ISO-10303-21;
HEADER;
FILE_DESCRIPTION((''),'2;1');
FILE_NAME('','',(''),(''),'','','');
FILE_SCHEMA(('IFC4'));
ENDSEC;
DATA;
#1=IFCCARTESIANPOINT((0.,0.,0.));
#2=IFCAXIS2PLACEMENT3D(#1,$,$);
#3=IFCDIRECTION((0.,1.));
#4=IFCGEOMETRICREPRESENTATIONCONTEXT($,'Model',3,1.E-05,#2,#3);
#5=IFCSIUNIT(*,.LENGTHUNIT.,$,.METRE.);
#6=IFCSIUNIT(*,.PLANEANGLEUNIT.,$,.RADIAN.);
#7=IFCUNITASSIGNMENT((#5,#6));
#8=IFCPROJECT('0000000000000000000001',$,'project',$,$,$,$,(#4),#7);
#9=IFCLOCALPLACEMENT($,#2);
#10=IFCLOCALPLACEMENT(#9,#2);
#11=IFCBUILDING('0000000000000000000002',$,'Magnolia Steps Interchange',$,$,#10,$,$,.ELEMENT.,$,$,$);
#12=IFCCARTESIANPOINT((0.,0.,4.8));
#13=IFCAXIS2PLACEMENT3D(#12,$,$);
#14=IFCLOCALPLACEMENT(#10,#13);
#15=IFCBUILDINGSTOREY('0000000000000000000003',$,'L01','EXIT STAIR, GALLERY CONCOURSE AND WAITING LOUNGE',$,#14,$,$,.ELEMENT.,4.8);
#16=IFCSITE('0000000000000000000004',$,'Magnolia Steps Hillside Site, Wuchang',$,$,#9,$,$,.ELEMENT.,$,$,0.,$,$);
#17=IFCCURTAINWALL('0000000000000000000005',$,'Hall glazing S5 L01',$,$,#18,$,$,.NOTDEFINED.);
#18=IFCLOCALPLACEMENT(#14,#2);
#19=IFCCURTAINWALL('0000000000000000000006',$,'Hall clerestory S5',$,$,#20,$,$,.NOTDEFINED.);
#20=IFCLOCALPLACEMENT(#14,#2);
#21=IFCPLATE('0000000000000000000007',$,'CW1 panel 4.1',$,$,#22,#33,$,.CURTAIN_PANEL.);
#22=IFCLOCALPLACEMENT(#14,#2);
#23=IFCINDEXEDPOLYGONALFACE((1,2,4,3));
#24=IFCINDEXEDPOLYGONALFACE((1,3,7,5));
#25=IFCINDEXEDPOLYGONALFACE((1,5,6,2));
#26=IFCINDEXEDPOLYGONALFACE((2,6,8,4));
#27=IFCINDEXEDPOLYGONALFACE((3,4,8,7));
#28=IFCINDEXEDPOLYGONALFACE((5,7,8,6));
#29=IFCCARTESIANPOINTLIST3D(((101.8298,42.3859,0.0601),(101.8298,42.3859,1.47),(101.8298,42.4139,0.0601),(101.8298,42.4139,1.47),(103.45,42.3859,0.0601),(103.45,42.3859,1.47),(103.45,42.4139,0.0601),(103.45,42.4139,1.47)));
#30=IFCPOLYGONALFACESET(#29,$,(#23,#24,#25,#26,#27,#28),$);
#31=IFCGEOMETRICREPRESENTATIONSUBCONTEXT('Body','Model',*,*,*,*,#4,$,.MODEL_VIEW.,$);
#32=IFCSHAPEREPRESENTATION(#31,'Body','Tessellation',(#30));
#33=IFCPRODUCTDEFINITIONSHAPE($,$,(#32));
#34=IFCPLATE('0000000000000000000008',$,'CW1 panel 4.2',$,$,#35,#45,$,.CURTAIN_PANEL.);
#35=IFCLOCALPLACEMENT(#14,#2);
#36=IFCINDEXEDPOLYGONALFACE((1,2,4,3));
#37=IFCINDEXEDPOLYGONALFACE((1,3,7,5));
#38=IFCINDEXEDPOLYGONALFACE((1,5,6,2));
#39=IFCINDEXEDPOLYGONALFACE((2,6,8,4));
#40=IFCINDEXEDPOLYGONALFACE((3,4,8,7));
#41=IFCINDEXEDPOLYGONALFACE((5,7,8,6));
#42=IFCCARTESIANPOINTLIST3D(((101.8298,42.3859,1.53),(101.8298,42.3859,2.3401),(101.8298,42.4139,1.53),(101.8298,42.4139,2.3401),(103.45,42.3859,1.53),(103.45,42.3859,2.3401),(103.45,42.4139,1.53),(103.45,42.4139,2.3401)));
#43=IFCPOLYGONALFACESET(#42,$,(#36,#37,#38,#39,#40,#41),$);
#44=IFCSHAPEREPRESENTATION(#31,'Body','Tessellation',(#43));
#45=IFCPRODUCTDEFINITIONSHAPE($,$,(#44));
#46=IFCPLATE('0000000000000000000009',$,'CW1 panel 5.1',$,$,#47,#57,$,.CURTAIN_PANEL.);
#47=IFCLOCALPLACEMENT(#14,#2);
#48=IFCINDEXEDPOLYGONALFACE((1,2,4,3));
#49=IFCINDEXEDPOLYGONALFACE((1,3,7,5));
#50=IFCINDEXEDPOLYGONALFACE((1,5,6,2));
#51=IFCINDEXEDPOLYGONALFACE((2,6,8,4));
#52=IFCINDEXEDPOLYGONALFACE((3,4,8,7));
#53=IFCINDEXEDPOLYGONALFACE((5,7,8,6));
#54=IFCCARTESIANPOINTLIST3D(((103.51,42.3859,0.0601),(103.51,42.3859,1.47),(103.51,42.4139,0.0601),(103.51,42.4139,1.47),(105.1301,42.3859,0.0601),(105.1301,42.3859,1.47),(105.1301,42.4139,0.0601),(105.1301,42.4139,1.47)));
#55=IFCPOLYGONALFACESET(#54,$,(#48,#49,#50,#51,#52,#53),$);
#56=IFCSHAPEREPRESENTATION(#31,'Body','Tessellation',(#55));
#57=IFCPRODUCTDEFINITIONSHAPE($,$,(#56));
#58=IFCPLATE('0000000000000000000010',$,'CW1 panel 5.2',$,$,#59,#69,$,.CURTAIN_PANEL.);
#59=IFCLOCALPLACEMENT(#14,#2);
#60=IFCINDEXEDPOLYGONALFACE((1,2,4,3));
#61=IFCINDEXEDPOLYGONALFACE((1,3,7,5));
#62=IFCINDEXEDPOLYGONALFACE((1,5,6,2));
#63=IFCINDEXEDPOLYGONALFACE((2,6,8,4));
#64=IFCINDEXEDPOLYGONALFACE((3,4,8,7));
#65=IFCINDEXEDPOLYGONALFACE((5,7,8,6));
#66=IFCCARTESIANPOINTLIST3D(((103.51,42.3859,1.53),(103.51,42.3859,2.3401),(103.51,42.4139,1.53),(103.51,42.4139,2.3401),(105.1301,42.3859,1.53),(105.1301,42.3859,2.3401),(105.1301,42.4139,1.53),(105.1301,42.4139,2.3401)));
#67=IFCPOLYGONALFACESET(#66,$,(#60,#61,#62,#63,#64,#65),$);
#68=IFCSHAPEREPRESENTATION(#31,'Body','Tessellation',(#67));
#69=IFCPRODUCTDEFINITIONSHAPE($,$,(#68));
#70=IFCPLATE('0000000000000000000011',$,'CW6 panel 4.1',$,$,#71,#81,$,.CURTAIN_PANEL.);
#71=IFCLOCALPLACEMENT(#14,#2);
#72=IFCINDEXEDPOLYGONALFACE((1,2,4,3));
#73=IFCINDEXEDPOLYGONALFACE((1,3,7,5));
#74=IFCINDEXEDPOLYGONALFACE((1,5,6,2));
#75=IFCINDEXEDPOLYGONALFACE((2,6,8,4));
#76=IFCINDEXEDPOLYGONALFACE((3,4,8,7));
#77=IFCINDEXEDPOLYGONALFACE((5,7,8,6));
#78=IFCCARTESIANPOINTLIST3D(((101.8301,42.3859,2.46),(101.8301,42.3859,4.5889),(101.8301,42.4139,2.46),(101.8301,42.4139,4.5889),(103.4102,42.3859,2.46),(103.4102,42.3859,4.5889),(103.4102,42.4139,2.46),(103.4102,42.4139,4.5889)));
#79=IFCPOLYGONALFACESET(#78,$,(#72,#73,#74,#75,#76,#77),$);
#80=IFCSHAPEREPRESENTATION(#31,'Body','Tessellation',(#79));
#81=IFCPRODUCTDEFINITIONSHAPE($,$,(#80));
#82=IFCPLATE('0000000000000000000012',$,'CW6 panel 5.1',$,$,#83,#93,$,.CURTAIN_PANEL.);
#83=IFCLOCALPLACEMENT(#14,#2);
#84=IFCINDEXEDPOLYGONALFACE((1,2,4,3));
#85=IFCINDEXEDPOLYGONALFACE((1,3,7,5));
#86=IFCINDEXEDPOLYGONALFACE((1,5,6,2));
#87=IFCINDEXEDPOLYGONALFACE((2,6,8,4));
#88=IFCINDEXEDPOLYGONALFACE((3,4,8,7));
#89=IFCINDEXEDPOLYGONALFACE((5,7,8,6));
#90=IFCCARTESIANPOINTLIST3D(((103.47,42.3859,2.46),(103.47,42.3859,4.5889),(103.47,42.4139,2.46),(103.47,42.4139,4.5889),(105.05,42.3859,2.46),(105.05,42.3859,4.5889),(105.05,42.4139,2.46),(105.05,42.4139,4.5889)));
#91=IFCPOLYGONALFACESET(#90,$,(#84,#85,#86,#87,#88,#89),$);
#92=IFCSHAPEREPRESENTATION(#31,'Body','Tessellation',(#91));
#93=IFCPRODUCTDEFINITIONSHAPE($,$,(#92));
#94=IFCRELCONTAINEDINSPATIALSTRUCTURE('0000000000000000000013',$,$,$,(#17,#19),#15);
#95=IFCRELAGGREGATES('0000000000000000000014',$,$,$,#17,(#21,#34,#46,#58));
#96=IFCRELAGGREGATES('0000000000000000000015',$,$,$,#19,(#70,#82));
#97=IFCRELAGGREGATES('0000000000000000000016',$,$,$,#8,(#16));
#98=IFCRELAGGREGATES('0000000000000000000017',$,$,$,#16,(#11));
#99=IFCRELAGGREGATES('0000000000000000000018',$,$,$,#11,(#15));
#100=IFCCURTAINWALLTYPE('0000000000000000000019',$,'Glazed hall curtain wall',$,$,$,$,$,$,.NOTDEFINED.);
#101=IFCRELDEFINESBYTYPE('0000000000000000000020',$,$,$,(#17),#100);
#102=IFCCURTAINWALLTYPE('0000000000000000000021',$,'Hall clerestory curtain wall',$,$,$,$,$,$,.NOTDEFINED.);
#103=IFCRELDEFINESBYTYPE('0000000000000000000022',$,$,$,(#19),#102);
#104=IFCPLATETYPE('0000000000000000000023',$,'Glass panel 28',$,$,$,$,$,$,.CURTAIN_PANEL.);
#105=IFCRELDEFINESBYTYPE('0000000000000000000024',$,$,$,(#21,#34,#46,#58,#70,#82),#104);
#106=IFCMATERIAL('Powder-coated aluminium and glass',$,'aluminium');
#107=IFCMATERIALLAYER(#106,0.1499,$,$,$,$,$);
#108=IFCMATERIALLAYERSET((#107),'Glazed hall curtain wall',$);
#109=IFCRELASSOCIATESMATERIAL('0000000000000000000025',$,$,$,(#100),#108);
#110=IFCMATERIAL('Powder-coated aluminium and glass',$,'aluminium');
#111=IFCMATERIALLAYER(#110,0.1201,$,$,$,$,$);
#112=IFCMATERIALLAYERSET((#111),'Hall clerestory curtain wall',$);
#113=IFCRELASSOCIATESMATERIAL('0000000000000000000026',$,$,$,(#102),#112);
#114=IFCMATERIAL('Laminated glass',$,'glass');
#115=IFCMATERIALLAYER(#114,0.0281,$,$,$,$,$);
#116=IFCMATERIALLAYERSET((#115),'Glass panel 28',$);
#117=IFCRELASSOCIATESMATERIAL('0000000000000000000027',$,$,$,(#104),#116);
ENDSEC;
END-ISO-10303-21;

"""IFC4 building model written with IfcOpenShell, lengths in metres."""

from ifc_helpers import new_model, si_unit, direction, frame, origin, origin_2d, place, context, subcontext, project, spatial, rectangle, extrude, material, layer, layer_set, type_object, element, aggregate, save


model = new_model("IFC4")

# Units and contexts
model_context = context("Model", 3, precision=1e-05, world=origin(), true_north=direction((0.0, 1.0)))
body_context = subcontext(model_context, "Body", "Model", "MODEL_VIEW")
ifc_project = project(units=[si_unit("LENGTHUNIT", "METRE"), si_unit("PLANEANGLEUNIT", "RADIAN")], contexts=[model_context])

# Site, building, storey
site_placement = place(None, origin())
site = spatial("IfcSite", under=ifc_project, at=site_placement, Name="Magnolia Steps Hillside Site, Wuchang", CompositionType="ELEMENT", RefElevation=0.0)
building_placement = place(site_placement, origin())
building = spatial("IfcBuilding", under=site, at=building_placement, Name="Magnolia Steps Interchange", CompositionType="ELEMENT")
storey_placement = place(building_placement, frame((0.0, 0.0, 4.8)))
storey = spatial("IfcBuildingStorey", under=building, at=storey_placement, Name="L01", Description="EXIT STAIR, GALLERY CONCOURSE AND WAITING LOUNGE", CompositionType="ELEMENT", Elevation=4.8)

# Curtain walls
ifc_material_1 = material(Name="Powder-coated aluminium and glass", Category="aluminium")
ifc_layer_1 = layer(ifc_material_1, 0.1499)
ifc_layer_set_1 = layer_set([ifc_layer_1], Name="Glazed hall curtain wall")
curtain_wall_type_1 = type_object("IfcCurtainWallType", Name="Glazed hall curtain wall", PredefinedType="NOTDEFINED", material=ifc_layer_set_1)
curtain_wall_1_placement = place(storey_placement, origin())
curtain_wall_1 = element("IfcCurtainWall", 1, at=curtain_wall_1_placement, inside=storey, type_object=curtain_wall_type_1, Name="Hall glazing S5 L01", PredefinedType="NOTDEFINED")
ifc_material_2 = material(Name="Powder-coated aluminium and glass", Category="aluminium")
ifc_layer_2 = layer(ifc_material_2, 0.1201)
ifc_layer_set_2 = layer_set([ifc_layer_2], Name="Hall clerestory curtain wall")
curtain_wall_type_2 = type_object("IfcCurtainWallType", Name="Hall clerestory curtain wall", PredefinedType="NOTDEFINED", material=ifc_layer_set_2)
curtain_wall_2_placement = place(storey_placement, origin())
curtain_wall_2 = element("IfcCurtainWall", 2, at=curtain_wall_2_placement, inside=storey, type_object=curtain_wall_type_2, Name="Hall clerestory S5", PredefinedType="NOTDEFINED")

# Plates
ifc_material_3 = material(Name="Laminated glass", Category="glass")
ifc_layer_3 = layer(ifc_material_3, 0.0281)
ifc_layer_set_3 = layer_set([ifc_layer_3], Name="Glass panel 28")
plate_type = type_object("IfcPlateType", Name="Glass panel 28", PredefinedType="CURTAIN_PANEL", material=ifc_layer_set_3)
plate_1_placement = place(storey_placement, frame((102.6399, 42.3999, 0.0601), z_axis=(0.0, 0.0, 1.0), x_axis=(1.0, 0.0, 0.0)))
plate_1 = element("IfcPlate", 3, at=plate_1_placement, type_object=plate_type, Name="CW1 panel 4.1", PredefinedType="CURTAIN_PANEL", context=body_context, shape_type="SweptSolid", body=[
    extrude(rectangle(XDim=1.6201, YDim=0.0281, at=origin_2d()), origin(), (0.0, 0.0, 1.0), 1.4099),
])
plate_2_placement = place(storey_placement, frame((102.6399, 42.3999, 1.53), z_axis=(0.0, 0.0, 1.0), x_axis=(1.0, 0.0, 0.0)))
plate_2 = element("IfcPlate", 4, at=plate_2_placement, type_object=plate_type, Name="CW1 panel 4.2", PredefinedType="CURTAIN_PANEL", context=body_context, shape_type="SweptSolid", body=[
    extrude(rectangle(XDim=1.6201, YDim=0.0281, at=origin_2d()), origin(), (0.0, 0.0, 1.0), 0.8101),
])
plate_3_placement = place(storey_placement, frame((104.3201, 42.3999, 0.0601), z_axis=(0.0, 0.0, 1.0), x_axis=(1.0, 0.0, 0.0)))
plate_3 = element("IfcPlate", 5, at=plate_3_placement, type_object=plate_type, Name="CW1 panel 5.1", PredefinedType="CURTAIN_PANEL", context=body_context, shape_type="SweptSolid", body=[
    extrude(rectangle(XDim=1.6201, YDim=0.0281, at=origin_2d()), origin(), (0.0, 0.0, 1.0), 1.4099),
])
plate_4_placement = place(storey_placement, frame((104.3201, 42.3999, 1.53), z_axis=(0.0, 0.0, 1.0), x_axis=(1.0, 0.0, 0.0)))
plate_4 = element("IfcPlate", 6, at=plate_4_placement, type_object=plate_type, Name="CW1 panel 5.2", PredefinedType="CURTAIN_PANEL", context=body_context, shape_type="SweptSolid", body=[
    extrude(rectangle(XDim=1.6201, YDim=0.0281, at=origin_2d()), origin(), (0.0, 0.0, 1.0), 0.8101),
])
aggregate(curtain_wall_1, [plate_1, plate_2, plate_3, plate_4])
plate_5_placement = place(storey_placement, frame((102.6201, 42.3999, 2.46), z_axis=(0.0, 0.0, 1.0), x_axis=(1.0, 0.0, 0.0)))
plate_5 = element("IfcPlate", 7, at=plate_5_placement, type_object=plate_type, Name="CW6 panel 4.1", PredefinedType="CURTAIN_PANEL", context=body_context, shape_type="SweptSolid", body=[
    extrude(rectangle(XDim=1.5801, YDim=0.0281, at=origin_2d()), origin(), (0.0, 0.0, 1.0), 2.1289),
])
plate_6_placement = place(storey_placement, frame((104.26, 42.3999, 2.46), z_axis=(0.0, 0.0, 1.0), x_axis=(1.0, 0.0, 0.0)))
plate_6 = element("IfcPlate", 8, at=plate_6_placement, type_object=plate_type, Name="CW6 panel 5.1", PredefinedType="CURTAIN_PANEL", context=body_context, shape_type="SweptSolid", body=[
    extrude(rectangle(XDim=1.5801, YDim=0.0281, at=origin_2d()), origin(), (0.0, 0.0, 1.0), 2.1289),
])
aggregate(curtain_wall_2, [plate_5, plate_6])

save(model, "model.ifc")
